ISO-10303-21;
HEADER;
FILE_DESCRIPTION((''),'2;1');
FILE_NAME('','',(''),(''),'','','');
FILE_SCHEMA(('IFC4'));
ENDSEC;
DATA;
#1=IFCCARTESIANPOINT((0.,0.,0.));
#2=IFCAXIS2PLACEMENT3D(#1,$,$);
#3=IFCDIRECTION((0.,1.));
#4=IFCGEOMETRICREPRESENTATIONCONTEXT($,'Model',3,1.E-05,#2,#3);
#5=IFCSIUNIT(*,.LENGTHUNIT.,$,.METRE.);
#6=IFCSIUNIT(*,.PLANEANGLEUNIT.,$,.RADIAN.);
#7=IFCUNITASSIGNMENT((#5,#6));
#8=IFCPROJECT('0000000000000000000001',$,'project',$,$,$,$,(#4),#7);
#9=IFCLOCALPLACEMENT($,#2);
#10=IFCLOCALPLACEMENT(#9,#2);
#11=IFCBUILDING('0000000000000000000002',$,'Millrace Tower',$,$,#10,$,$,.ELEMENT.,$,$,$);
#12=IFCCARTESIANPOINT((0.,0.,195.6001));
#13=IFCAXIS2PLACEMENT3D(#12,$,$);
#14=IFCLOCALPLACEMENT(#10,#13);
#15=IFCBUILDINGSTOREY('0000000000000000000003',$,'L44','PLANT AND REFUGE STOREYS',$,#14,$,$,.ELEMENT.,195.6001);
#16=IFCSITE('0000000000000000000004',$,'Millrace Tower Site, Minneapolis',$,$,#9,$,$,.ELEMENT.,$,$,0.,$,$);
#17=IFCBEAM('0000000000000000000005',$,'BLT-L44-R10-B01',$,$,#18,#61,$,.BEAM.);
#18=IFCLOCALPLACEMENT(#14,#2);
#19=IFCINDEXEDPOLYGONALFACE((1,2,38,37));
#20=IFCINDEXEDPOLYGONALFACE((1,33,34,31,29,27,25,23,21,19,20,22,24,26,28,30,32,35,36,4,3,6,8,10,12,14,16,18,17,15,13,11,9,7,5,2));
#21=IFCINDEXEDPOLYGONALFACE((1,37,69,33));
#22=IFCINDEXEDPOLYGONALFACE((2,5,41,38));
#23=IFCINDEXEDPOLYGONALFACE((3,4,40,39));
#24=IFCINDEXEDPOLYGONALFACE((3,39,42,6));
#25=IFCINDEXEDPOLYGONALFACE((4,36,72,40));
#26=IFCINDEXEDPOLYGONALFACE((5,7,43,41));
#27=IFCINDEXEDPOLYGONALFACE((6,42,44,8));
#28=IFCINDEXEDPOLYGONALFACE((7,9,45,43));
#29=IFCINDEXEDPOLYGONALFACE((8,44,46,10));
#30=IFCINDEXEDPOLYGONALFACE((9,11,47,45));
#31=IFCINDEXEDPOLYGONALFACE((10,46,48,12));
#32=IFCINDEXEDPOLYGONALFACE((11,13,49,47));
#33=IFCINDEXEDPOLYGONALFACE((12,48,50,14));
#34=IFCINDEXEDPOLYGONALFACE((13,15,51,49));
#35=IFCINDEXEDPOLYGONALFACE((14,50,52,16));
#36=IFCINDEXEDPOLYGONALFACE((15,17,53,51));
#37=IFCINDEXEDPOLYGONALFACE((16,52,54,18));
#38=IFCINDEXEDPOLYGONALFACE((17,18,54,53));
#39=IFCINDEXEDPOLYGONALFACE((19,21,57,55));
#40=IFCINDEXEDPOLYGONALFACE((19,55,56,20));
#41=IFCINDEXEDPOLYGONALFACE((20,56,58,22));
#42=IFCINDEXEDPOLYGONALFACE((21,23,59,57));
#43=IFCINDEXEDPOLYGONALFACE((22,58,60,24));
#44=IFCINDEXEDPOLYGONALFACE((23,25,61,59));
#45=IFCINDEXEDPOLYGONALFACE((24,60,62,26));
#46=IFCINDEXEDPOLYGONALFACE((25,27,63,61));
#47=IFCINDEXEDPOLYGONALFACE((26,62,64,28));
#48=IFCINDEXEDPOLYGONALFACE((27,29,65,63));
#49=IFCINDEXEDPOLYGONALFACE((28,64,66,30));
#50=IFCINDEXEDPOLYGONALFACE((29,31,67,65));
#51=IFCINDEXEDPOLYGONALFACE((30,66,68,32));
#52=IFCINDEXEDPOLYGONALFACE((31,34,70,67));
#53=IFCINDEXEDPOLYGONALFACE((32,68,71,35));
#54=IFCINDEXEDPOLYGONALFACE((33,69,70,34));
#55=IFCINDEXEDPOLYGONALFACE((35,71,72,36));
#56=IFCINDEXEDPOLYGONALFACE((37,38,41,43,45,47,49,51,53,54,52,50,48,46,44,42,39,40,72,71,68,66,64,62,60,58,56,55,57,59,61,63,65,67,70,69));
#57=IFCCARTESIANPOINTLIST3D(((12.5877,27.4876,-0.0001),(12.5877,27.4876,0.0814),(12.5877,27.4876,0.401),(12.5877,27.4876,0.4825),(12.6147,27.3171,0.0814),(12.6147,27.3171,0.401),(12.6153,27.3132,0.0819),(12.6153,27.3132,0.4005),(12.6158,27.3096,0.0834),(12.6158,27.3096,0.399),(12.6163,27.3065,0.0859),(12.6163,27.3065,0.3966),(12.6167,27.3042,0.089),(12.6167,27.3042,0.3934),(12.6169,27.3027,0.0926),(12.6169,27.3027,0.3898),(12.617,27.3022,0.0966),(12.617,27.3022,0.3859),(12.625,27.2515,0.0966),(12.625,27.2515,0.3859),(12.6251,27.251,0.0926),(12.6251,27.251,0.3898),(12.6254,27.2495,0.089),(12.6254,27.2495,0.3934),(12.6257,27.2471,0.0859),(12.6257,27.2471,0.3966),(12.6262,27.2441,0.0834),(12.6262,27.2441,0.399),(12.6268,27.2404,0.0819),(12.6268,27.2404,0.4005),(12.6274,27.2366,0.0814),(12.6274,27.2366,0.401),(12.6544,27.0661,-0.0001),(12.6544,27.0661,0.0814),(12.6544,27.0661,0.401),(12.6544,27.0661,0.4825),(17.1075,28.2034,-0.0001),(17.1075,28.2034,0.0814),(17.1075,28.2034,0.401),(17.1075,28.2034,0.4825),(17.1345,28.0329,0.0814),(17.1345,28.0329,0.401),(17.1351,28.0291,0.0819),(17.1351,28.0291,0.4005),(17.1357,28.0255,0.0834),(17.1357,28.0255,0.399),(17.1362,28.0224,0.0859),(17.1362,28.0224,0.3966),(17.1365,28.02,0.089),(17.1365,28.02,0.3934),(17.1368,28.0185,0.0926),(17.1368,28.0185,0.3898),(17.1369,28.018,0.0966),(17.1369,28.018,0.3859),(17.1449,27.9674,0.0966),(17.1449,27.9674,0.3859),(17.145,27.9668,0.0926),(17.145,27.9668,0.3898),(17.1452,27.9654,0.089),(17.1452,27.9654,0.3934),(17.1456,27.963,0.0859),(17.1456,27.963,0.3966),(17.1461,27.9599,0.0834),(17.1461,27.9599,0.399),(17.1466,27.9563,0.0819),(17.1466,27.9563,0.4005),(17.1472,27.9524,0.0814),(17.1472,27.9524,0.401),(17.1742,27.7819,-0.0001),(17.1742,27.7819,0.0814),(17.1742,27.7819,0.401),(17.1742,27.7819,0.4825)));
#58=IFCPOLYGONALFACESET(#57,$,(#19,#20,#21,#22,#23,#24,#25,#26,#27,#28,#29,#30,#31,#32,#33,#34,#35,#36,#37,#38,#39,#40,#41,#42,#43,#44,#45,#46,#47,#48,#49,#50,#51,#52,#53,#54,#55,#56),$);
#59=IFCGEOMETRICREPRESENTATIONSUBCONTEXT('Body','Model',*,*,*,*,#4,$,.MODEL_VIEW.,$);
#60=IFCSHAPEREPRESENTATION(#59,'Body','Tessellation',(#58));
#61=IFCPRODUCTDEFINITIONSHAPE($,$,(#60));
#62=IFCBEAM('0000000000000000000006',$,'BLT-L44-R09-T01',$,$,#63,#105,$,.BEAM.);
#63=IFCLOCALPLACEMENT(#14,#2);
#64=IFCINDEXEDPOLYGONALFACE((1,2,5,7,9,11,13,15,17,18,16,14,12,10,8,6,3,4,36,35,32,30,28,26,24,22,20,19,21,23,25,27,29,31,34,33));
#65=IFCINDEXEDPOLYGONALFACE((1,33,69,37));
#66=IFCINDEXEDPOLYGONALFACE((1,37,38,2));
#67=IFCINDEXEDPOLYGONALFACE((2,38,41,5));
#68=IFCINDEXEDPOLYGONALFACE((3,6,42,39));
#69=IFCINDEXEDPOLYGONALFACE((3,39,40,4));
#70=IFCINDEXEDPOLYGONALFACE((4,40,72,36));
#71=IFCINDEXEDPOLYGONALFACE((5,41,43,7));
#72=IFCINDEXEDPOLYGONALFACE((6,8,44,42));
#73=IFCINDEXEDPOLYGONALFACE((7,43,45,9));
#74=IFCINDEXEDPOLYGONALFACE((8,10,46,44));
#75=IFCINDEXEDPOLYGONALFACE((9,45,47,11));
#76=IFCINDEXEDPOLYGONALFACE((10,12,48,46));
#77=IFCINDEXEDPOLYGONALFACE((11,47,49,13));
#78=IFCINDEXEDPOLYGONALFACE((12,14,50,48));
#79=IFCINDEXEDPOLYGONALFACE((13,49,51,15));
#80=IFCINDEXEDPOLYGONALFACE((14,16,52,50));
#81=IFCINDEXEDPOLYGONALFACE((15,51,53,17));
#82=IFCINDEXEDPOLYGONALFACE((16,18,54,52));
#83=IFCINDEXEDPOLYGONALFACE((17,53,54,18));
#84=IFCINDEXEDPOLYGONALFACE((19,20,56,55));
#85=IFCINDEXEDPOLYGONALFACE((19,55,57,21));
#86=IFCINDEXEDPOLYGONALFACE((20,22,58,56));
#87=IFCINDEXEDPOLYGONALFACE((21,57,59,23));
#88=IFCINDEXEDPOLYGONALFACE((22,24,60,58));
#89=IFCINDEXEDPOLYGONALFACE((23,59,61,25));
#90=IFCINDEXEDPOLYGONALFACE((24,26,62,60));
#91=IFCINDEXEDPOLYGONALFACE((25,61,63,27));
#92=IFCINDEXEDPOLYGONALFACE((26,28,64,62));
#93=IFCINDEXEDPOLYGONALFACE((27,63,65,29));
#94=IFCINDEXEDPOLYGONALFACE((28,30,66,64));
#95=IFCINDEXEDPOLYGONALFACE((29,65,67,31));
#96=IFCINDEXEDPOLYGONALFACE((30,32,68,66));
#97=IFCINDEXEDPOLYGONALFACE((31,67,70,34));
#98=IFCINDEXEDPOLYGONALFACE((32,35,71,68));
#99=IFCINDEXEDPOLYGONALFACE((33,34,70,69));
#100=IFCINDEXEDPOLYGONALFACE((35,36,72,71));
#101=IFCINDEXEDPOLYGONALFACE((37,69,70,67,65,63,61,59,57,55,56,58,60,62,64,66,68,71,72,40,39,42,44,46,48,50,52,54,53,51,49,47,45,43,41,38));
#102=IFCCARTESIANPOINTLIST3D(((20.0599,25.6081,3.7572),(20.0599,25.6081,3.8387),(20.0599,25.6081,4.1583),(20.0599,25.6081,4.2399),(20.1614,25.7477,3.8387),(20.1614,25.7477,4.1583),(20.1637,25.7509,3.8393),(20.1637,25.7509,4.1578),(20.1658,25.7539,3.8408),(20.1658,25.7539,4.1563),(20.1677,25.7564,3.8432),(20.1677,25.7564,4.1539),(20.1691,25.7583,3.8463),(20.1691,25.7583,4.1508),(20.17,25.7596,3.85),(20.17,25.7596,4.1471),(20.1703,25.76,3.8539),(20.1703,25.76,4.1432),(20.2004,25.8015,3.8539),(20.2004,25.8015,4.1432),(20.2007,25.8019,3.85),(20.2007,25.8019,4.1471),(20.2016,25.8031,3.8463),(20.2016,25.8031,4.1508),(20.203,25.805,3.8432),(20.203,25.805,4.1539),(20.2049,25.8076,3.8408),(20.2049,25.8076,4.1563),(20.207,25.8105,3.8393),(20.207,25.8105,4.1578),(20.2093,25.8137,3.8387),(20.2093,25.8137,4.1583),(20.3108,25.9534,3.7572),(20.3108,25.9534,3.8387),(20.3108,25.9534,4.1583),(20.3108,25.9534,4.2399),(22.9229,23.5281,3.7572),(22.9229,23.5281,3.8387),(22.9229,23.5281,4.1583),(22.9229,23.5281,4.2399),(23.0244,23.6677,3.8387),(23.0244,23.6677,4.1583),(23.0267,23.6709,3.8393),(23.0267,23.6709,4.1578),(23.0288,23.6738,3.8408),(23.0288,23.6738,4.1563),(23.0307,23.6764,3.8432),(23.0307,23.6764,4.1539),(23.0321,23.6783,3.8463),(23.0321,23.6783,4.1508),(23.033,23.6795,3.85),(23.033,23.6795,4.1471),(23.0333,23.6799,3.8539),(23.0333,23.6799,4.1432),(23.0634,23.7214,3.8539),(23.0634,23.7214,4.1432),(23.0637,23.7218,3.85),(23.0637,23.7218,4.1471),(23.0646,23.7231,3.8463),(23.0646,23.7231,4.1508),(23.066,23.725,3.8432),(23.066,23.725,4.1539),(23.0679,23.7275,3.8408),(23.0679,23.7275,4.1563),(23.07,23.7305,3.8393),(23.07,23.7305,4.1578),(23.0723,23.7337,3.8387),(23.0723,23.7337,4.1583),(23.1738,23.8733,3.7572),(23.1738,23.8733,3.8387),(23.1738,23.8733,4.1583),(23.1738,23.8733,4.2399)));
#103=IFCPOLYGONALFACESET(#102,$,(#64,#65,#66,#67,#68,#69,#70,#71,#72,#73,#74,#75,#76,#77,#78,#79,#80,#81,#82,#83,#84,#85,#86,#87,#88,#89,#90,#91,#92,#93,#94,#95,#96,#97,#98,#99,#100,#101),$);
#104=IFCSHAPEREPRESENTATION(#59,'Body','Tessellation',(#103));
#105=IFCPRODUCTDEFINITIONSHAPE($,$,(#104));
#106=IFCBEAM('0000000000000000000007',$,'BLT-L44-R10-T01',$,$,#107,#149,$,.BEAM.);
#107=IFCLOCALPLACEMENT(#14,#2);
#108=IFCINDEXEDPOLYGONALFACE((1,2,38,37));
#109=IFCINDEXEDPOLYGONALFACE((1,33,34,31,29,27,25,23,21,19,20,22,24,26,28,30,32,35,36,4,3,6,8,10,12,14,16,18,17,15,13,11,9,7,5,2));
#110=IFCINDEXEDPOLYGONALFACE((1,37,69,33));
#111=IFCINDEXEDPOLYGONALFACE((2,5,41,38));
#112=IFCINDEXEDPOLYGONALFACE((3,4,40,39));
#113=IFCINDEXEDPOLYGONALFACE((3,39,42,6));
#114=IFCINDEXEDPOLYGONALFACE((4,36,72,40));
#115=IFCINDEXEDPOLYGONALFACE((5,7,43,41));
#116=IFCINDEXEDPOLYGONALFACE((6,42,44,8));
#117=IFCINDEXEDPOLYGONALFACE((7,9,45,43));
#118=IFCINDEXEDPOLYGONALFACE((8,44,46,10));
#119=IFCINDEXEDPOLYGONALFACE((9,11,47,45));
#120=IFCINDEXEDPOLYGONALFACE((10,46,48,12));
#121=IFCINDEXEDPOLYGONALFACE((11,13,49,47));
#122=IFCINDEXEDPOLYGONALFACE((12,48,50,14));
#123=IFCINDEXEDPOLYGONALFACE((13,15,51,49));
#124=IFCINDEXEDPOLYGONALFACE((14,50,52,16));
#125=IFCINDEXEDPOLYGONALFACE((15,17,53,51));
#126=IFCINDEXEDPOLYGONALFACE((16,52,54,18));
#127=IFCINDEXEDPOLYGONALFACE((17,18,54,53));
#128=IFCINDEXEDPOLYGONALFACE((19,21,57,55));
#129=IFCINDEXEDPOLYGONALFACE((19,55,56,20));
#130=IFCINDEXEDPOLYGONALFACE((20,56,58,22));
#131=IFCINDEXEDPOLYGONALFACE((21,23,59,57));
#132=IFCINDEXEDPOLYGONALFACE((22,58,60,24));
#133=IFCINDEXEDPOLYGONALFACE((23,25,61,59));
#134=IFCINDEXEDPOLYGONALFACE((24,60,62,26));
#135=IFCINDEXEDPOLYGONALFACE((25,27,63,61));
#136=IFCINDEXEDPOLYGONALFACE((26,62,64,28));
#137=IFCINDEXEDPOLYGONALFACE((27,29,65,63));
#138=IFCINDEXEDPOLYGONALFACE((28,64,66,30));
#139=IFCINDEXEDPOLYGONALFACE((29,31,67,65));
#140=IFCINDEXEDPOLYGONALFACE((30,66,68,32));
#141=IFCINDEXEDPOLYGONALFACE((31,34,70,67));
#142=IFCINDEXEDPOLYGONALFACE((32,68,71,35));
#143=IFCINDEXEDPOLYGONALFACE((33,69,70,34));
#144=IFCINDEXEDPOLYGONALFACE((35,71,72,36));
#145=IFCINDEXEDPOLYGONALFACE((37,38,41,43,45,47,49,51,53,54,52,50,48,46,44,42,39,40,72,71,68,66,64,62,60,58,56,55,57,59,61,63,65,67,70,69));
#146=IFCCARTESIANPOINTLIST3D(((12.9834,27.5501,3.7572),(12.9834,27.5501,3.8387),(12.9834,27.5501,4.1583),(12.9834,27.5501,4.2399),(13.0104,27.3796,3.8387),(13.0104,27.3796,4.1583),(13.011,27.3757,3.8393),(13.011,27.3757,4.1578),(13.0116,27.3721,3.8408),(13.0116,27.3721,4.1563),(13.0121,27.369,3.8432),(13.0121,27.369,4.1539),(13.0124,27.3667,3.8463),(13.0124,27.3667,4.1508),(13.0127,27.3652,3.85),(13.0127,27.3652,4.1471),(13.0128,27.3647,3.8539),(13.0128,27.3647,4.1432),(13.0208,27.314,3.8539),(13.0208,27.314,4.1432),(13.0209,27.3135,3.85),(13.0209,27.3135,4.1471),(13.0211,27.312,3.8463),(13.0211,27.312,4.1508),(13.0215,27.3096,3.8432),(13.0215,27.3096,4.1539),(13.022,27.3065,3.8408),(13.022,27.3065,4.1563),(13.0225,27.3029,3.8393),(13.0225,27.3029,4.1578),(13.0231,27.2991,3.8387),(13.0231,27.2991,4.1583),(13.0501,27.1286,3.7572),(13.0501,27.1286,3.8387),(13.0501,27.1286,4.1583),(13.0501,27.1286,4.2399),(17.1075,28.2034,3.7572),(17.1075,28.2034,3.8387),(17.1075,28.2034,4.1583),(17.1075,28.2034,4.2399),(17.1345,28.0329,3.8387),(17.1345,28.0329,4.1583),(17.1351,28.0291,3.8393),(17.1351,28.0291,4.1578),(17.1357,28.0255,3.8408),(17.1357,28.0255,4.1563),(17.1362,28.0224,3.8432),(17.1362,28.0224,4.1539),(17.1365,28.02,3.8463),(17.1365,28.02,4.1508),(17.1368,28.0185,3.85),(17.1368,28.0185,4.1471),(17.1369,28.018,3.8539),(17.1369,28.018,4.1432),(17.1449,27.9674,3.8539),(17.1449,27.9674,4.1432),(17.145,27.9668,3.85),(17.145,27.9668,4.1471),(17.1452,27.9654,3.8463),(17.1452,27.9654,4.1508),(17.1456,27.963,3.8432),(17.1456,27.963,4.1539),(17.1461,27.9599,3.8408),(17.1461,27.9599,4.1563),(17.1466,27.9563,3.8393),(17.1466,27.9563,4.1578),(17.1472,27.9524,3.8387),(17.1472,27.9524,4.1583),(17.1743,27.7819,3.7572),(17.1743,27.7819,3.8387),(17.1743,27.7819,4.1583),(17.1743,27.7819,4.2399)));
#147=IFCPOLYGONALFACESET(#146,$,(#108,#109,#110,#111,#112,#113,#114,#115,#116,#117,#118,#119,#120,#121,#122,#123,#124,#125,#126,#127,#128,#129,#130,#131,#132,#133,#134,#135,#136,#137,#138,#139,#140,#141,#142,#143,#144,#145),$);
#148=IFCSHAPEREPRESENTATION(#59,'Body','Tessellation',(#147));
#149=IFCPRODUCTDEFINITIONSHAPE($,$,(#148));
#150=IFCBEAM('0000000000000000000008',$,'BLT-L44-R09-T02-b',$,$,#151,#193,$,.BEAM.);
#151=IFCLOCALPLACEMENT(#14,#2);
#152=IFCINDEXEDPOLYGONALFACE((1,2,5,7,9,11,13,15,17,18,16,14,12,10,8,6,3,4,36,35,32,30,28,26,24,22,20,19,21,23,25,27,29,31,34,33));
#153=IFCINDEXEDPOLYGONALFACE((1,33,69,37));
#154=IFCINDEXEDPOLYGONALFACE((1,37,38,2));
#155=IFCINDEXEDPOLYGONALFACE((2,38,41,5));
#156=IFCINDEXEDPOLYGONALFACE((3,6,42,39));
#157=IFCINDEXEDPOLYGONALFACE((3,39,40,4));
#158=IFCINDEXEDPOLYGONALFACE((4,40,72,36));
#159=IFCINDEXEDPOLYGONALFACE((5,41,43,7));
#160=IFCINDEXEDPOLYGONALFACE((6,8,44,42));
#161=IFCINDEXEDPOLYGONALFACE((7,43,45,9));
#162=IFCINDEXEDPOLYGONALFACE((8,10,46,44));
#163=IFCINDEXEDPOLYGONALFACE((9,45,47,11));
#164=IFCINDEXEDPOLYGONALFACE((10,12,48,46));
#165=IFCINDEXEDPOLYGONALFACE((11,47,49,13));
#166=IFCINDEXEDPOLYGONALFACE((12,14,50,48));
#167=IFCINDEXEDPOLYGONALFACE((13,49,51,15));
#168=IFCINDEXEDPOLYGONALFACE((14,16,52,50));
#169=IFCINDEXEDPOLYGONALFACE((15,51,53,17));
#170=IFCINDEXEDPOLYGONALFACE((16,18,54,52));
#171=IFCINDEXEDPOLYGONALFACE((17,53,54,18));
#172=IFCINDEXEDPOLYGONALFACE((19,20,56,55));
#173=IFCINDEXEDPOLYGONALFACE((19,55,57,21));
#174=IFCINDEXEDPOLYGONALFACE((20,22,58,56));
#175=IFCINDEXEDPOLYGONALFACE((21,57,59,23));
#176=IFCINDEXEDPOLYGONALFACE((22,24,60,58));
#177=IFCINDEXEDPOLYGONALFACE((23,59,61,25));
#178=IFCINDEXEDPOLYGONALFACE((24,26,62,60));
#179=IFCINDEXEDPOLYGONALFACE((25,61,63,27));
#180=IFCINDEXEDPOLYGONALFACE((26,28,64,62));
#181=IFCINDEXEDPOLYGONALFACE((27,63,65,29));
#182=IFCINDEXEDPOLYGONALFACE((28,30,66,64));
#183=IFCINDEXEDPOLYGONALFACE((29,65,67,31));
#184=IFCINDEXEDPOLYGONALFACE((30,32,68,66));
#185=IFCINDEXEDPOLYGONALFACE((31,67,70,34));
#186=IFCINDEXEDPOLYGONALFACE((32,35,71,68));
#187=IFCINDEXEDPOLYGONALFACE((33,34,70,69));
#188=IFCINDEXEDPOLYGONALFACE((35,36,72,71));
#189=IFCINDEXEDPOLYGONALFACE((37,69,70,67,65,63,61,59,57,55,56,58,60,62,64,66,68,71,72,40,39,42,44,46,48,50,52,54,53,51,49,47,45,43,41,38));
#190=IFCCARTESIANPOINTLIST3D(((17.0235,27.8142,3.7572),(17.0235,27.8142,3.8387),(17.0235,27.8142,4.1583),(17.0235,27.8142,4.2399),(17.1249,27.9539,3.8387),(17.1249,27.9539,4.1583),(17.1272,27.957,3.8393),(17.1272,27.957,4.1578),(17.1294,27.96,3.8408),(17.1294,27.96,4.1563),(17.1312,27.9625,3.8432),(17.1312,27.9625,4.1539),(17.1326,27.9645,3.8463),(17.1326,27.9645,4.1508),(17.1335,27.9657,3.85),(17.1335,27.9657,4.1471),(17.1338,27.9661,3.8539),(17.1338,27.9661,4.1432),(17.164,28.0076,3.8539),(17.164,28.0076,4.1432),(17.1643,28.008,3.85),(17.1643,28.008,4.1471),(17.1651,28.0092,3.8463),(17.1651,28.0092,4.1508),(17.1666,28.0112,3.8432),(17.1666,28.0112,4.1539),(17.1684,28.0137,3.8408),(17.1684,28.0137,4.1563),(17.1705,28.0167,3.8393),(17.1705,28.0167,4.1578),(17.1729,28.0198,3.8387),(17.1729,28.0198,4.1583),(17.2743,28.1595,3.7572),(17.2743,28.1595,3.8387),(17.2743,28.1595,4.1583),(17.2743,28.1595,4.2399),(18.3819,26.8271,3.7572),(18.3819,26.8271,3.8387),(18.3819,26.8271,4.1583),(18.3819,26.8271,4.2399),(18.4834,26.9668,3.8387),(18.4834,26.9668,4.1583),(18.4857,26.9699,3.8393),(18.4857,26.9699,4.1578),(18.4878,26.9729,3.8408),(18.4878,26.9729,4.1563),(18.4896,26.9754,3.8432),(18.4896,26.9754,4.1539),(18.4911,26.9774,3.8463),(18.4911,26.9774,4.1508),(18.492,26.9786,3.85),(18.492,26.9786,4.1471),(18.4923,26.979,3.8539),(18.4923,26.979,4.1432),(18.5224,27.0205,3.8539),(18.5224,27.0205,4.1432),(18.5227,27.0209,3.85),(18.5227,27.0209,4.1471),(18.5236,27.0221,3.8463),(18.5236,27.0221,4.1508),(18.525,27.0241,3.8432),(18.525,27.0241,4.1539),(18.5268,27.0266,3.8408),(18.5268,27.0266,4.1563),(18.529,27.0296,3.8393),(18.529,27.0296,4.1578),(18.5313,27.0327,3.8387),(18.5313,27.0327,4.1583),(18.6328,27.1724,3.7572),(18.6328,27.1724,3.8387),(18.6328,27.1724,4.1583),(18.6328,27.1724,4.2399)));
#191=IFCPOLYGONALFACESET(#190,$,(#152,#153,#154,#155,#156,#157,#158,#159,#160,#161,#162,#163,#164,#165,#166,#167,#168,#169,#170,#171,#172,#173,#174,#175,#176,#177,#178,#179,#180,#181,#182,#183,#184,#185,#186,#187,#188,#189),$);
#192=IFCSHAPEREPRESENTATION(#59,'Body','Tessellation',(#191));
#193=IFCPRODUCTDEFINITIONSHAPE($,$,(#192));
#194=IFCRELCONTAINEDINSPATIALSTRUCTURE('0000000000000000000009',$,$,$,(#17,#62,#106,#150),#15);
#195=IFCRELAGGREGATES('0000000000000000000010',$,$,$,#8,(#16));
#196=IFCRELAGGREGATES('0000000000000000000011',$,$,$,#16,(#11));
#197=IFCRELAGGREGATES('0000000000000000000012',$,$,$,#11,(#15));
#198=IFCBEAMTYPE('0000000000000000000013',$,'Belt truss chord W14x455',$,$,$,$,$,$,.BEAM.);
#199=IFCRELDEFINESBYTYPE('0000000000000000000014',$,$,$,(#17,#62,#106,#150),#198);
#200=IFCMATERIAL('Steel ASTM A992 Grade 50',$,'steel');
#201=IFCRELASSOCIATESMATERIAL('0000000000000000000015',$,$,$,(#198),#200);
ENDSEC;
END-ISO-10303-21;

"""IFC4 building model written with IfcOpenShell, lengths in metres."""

from ifc_helpers import new_model, si_unit, direction, frame, origin, origin_2d, place, context, subcontext, project, spatial, i_section, extrude, material, material_profile, profile_set, type_object, element, save


model = new_model("IFC4")

# Units and contexts
model_context = context("Model", 3, precision=1e-05, world=origin(), true_north=direction((0.0, 1.0)))
body_context = subcontext(model_context, "Body", "Model", "MODEL_VIEW")
ifc_project = project(units=[si_unit("LENGTHUNIT", "METRE"), si_unit("PLANEANGLEUNIT", "RADIAN")], contexts=[model_context])

# Site, building, storey
site_placement = place(None, origin())
site = spatial("IfcSite", under=ifc_project, at=site_placement, Name="Millrace Tower Site, Minneapolis", CompositionType="ELEMENT", RefElevation=0.0)
building_placement = place(site_placement, origin())
building = spatial("IfcBuilding", under=site, at=building_placement, Name="Millrace Tower", CompositionType="ELEMENT")
storey_placement = place(building_placement, frame((0.0, 0.0, 195.6001)))
storey = spatial("IfcBuildingStorey", under=building, at=storey_placement, Name="L44", Description="PLANT AND REFUGE STOREYS", CompositionType="ELEMENT", Elevation=195.6001)

# Beams
ifc_material_1 = material(Name="Steel ASTM A992 Grade 50", Category="steel")
ifc_material_profile_1 = material_profile(ifc_material_1, i_section(OverallWidth=0.4268, OverallDepth=0.4827, WebThickness=0.0513, FlangeThickness=0.0815, FilletRadius=0.0151, at=origin_2d()))
ifc_profile_set_1 = profile_set([ifc_material_profile_1], Name="Steel ASTM A992 Grade 50")
beam_type_1 = type_object("IfcBeamType", Name="Belt truss chord W14x455", PredefinedType="BEAM", material=ifc_profile_set_1)
beam_1_placement = place(storey_placement, frame((17.1409, 27.9927, 0.2412), z_axis=(-0.98769, -0.156426, 0.0), x_axis=(0.156426, -0.98769, 0.0)))
element("IfcBeam", 1, at=beam_1_placement, inside=storey, type_object=beam_type_1, Name="BLT-L44-R10-B01", PredefinedType="BEAM", context=body_context, shape_type="SweptSolid", body=[
    extrude(i_section(OverallWidth=0.4268, OverallDepth=0.4827, WebThickness=0.0513, FlangeThickness=0.0815, FilletRadius=0.0151, at=origin_2d()), origin(), (0.0, 0.0, 1.0), 4.5762),
])
beam_2_placement = place(storey_placement, frame((23.0483, 23.7007, 3.9985), z_axis=(-0.809022, 0.587778, 0.0), x_axis=(-0.587778, -0.809022, 0.0)))
element("IfcBeam", 2, at=beam_2_placement, inside=storey, type_object=beam_type_1, Name="BLT-L44-R09-T01", PredefinedType="BEAM", context=body_context, shape_type="SweptSolid", body=[
    extrude(i_section(OverallWidth=0.4268, OverallDepth=0.4827, WebThickness=0.0513, FlangeThickness=0.0815, FilletRadius=0.0151, at=origin_2d()), origin(), (0.0, 0.0, 1.0), 3.5388),
])
beam_3_placement = place(storey_placement, frame((17.1409, 27.9927, 3.9985), z_axis=(-0.987683, -0.156467, 0.0), x_axis=(0.156467, -0.987683, 0.0)))
element("IfcBeam", 3, at=beam_3_placement, inside=storey, type_object=beam_type_1, Name="BLT-L44-R10-T01", PredefinedType="BEAM", context=body_context, shape_type="SweptSolid", body=[
    extrude(i_section(OverallWidth=0.4268, OverallDepth=0.4827, WebThickness=0.0513, FlangeThickness=0.0815, FilletRadius=0.0151, at=origin_2d()), origin(), (0.0, 0.0, 1.0), 4.1755),
])
beam_4_placement = place(storey_placement, frame((18.5073, 26.9998, 3.9985), z_axis=(-0.808981, 0.587834, 0.0), x_axis=(-0.587834, -0.808981, 0.0)))
element("IfcBeam", 4, at=beam_4_placement, inside=storey, type_object=beam_type_1, Name="BLT-L44-R09-T02-b", PredefinedType="BEAM", context=body_context, shape_type="SweptSolid", body=[
    extrude(i_section(OverallWidth=0.4268, OverallDepth=0.4827, WebThickness=0.0513, FlangeThickness=0.0815, FilletRadius=0.0151, at=origin_2d()), origin(), (0.0, 0.0, 1.0), 1.6792),
])

save(model, "model.ifc")
